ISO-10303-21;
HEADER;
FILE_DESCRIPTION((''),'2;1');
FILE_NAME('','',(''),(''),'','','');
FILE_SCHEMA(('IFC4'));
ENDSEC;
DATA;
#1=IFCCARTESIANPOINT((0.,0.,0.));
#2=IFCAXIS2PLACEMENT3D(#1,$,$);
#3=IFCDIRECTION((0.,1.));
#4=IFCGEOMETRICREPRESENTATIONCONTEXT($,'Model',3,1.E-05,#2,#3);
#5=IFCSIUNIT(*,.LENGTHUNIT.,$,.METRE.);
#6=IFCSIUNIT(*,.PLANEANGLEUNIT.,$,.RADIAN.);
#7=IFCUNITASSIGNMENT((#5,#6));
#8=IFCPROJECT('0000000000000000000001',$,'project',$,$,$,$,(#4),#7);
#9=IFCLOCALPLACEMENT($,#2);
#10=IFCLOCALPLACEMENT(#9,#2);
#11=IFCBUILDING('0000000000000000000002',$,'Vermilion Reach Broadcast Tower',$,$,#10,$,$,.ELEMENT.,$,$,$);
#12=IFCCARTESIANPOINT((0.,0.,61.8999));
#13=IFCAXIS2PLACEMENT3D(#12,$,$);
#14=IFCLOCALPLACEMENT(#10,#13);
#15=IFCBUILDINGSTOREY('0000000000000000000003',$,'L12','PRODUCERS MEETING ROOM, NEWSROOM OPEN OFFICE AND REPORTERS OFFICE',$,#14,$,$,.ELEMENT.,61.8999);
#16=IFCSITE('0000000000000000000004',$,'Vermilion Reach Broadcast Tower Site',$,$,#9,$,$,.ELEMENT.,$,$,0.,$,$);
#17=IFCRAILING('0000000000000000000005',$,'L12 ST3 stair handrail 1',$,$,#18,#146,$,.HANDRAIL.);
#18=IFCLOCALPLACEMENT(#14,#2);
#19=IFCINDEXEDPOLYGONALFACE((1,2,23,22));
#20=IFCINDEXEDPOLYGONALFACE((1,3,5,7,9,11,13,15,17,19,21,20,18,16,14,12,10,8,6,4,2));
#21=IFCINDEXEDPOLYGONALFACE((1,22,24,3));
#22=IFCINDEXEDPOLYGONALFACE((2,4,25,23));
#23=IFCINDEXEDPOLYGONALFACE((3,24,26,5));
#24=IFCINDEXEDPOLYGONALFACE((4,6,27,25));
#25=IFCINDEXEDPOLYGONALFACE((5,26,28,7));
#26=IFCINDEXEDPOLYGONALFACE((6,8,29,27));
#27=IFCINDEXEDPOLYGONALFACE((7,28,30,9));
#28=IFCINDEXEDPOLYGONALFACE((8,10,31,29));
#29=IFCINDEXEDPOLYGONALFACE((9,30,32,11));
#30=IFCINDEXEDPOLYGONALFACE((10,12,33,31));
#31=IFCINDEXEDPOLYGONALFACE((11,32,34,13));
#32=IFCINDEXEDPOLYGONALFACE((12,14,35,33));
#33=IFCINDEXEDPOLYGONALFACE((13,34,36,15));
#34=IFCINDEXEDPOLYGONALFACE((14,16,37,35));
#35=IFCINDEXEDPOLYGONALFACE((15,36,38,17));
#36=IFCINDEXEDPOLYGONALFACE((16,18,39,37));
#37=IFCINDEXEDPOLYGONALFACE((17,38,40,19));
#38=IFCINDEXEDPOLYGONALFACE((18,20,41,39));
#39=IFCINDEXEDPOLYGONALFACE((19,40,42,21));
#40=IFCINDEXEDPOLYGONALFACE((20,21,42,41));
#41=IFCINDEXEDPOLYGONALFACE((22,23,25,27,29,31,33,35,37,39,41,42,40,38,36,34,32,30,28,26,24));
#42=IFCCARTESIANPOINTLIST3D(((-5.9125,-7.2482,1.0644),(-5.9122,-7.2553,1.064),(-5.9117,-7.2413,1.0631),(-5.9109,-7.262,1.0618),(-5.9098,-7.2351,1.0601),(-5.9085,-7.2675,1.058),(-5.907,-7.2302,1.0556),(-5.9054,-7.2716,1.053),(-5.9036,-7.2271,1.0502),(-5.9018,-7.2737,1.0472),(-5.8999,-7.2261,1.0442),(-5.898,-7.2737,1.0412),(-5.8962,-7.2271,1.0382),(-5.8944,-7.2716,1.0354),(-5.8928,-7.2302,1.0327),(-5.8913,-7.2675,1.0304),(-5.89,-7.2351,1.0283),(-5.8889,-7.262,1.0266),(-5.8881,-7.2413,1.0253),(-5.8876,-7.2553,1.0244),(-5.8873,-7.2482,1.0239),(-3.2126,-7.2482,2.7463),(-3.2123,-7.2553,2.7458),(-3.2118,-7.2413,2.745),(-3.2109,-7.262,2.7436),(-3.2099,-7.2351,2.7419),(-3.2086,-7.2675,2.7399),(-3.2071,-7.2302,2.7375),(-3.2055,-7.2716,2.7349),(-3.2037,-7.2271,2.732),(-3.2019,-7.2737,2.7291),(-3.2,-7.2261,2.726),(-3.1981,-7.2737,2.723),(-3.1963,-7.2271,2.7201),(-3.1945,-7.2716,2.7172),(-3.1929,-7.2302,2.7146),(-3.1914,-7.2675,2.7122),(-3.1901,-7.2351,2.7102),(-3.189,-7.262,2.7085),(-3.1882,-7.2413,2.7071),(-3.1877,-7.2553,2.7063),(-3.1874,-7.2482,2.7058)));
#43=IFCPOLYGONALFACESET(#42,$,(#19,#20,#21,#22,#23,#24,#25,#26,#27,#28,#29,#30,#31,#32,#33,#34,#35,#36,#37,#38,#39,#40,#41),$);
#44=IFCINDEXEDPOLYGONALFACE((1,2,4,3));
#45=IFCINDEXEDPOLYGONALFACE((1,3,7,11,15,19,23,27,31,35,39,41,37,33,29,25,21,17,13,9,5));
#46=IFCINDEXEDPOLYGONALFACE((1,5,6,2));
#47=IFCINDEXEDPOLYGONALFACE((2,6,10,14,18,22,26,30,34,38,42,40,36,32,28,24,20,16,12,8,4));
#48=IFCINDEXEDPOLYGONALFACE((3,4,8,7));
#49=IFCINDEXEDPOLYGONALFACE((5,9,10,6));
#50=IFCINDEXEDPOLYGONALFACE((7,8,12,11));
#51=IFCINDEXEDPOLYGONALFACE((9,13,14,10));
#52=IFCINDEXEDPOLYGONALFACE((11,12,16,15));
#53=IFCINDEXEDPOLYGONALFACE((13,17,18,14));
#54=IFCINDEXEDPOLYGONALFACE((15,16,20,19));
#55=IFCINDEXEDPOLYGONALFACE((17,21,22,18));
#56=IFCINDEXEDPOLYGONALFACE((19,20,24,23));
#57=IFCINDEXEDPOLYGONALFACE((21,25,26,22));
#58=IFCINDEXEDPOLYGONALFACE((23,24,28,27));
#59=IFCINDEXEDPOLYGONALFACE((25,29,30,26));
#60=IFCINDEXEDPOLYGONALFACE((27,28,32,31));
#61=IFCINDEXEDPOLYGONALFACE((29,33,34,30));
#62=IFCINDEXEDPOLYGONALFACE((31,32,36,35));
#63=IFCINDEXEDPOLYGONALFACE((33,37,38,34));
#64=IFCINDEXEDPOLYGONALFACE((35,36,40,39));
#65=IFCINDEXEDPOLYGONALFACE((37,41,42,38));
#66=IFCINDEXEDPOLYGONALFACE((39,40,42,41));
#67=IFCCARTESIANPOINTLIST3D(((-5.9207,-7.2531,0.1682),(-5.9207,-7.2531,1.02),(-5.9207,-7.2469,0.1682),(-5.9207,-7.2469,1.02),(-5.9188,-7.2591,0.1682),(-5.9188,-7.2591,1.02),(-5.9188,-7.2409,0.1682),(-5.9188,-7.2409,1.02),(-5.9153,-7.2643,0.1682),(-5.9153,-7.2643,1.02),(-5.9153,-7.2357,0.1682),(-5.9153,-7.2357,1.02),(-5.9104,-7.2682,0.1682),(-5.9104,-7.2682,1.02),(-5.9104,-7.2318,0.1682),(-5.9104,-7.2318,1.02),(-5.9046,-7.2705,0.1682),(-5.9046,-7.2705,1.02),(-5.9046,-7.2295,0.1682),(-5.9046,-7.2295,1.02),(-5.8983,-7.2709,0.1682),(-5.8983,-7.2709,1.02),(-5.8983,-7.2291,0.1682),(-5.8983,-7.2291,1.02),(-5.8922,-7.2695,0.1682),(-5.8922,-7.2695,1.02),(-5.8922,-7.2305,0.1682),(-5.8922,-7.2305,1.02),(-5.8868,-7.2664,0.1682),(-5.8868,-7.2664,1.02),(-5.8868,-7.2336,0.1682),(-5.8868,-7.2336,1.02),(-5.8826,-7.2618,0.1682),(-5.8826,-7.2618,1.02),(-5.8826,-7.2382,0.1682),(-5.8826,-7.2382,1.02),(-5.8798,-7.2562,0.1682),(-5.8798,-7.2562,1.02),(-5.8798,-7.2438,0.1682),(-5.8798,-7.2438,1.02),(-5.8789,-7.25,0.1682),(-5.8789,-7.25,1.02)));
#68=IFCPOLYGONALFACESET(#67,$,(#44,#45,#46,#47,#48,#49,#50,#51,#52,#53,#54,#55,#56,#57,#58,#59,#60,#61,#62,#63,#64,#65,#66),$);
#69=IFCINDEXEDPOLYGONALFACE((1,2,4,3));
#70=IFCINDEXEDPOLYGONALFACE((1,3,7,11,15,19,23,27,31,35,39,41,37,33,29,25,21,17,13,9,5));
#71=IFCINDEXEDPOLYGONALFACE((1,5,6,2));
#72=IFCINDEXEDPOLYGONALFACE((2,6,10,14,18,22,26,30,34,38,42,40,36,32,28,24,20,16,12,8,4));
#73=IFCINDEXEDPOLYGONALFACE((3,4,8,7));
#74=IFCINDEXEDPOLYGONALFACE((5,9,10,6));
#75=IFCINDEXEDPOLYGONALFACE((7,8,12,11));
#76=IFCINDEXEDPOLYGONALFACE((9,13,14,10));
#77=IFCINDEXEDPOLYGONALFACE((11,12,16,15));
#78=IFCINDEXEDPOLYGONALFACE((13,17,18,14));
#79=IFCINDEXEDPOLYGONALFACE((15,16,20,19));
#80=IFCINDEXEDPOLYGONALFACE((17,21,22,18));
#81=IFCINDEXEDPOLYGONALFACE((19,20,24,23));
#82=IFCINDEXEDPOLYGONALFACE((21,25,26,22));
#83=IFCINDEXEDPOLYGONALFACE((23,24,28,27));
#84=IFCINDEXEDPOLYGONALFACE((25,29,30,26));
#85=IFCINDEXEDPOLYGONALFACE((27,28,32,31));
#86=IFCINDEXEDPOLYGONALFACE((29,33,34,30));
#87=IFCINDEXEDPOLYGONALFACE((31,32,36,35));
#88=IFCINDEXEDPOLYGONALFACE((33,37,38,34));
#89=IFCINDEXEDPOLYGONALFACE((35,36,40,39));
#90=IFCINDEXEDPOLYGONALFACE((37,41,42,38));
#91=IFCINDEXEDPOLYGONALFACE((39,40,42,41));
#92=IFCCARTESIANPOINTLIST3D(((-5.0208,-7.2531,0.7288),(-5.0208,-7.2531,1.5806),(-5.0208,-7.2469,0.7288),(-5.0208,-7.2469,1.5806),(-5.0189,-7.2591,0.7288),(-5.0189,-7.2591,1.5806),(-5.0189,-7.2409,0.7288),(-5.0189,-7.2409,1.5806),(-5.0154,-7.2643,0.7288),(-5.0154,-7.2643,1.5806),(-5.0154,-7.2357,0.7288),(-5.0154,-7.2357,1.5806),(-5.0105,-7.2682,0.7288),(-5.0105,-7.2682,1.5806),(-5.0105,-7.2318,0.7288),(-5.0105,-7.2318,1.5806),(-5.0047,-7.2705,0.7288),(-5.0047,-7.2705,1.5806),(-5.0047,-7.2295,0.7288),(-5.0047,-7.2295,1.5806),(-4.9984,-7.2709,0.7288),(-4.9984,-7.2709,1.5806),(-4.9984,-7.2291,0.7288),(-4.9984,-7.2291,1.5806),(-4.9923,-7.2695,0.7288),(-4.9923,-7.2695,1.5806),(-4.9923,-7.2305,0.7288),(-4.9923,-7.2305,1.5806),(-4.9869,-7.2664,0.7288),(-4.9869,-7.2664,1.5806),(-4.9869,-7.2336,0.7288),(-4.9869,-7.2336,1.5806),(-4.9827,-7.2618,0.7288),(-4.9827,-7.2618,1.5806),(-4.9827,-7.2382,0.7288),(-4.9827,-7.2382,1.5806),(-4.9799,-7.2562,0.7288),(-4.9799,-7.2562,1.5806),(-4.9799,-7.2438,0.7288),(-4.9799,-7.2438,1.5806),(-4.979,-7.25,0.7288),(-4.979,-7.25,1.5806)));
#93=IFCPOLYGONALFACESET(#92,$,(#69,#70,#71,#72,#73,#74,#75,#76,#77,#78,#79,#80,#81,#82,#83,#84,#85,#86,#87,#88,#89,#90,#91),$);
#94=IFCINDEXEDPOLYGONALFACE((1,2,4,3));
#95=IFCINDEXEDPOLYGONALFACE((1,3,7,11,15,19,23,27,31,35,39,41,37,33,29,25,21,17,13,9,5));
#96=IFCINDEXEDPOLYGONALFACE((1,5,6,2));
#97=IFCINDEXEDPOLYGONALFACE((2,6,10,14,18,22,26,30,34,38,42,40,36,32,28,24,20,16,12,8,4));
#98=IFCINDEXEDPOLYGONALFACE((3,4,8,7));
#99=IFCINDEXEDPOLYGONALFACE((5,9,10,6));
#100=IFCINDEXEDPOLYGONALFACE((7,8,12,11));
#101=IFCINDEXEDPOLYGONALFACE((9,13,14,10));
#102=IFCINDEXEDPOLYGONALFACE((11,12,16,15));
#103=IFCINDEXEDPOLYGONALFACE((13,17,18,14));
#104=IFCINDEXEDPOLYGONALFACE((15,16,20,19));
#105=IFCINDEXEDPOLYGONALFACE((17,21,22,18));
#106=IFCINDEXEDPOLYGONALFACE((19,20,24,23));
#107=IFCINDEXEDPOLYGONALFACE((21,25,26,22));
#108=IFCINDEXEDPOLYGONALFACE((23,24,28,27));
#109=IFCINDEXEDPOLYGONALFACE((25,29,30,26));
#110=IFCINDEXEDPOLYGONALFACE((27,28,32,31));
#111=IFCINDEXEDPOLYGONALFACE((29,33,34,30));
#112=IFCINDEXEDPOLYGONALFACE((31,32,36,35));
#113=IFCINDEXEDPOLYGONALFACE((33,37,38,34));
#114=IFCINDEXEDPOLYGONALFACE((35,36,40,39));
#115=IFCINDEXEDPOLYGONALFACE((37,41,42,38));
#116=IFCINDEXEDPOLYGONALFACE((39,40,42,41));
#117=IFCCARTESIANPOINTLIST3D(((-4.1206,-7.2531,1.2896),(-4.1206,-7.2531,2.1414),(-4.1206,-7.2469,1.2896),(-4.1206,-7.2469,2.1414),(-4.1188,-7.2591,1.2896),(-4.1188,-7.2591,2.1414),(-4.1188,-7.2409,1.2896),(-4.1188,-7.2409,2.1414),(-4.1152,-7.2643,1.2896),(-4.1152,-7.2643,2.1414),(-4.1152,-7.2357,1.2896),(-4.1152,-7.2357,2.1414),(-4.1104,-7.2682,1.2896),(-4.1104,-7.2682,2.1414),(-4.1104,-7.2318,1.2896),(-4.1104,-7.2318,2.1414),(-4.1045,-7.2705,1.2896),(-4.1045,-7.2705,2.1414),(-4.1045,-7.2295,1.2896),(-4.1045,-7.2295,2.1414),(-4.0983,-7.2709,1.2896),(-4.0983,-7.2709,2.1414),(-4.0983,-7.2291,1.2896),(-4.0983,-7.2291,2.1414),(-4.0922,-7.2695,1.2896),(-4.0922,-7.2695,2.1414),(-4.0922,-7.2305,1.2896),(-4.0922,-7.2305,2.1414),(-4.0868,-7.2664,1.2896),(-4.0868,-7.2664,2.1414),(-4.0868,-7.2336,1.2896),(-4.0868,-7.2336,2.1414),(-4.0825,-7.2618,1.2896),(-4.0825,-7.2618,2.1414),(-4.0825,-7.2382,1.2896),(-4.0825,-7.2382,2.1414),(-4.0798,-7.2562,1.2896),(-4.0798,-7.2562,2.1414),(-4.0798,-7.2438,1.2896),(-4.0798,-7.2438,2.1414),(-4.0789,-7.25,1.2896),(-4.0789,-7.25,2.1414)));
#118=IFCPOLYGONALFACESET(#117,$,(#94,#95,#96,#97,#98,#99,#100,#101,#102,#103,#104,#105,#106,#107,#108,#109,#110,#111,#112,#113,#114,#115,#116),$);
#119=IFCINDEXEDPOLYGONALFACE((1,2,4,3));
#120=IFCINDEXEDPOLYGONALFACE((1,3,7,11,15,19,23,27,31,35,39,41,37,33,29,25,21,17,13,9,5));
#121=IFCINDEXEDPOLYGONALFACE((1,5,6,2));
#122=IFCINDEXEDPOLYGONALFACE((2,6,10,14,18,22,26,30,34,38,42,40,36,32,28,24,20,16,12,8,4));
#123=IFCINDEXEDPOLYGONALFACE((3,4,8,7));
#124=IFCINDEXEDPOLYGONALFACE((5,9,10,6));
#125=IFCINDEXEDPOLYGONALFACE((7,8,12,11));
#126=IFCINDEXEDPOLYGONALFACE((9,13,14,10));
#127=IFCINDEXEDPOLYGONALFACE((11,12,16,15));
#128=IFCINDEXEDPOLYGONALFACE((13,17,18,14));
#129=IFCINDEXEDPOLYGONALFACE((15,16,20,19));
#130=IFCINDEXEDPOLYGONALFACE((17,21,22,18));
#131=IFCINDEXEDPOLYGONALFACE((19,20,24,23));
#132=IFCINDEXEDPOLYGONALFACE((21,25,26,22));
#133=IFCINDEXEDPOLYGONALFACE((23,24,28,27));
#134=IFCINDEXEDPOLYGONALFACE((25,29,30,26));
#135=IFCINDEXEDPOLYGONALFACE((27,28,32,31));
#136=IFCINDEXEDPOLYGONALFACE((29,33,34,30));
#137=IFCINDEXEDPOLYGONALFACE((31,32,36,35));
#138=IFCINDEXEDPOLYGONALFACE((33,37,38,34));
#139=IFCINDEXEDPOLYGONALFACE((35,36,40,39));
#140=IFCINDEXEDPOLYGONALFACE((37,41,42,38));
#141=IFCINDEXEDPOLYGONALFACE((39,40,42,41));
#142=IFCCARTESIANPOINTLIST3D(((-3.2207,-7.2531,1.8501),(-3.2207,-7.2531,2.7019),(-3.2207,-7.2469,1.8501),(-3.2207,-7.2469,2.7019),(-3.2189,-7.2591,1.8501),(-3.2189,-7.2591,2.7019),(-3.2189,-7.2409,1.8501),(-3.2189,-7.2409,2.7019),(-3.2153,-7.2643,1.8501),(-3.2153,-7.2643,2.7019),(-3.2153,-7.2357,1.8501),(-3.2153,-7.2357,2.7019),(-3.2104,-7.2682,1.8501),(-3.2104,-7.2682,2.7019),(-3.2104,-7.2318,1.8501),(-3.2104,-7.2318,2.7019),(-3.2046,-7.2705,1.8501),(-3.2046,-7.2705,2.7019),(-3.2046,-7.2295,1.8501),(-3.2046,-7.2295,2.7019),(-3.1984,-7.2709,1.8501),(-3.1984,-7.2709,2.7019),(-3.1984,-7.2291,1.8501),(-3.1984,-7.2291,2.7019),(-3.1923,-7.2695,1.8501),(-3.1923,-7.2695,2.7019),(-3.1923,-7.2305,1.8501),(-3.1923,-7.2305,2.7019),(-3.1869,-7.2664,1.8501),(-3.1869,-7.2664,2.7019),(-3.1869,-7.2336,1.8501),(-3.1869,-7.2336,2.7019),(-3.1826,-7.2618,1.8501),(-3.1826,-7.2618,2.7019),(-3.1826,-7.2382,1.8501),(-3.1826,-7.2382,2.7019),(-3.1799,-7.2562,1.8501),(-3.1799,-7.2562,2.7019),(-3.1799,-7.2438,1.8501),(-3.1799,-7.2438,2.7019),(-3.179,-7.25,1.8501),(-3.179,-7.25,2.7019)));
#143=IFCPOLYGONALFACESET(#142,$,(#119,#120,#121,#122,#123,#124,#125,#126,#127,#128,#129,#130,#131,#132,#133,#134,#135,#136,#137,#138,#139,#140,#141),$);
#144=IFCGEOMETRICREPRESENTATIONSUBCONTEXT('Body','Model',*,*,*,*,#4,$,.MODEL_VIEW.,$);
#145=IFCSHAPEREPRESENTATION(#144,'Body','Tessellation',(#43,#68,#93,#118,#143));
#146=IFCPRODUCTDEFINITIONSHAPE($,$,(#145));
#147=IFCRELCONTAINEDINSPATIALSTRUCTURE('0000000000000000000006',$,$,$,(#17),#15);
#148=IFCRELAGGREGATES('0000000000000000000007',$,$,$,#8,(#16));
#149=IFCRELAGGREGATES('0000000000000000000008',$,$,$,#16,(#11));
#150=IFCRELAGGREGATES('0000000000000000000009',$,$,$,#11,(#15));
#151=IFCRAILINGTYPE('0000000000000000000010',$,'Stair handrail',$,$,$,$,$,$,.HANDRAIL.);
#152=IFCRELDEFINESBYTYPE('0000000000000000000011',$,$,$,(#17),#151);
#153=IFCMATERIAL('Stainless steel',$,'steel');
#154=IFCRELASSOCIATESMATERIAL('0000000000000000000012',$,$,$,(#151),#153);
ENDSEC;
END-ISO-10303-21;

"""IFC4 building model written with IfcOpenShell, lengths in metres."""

from ifc_helpers import new_model, si_unit, direction, frame, origin, origin_2d, place, context, subcontext, project, spatial, circle, extrude, material, type_object, element, save


model = new_model("IFC4")

# Units and contexts
model_context = context("Model", 3, precision=1e-05, world=origin(), true_north=direction((0.0, 1.0)))
body_context = subcontext(model_context, "Body", "Model", "MODEL_VIEW")
ifc_project = project(units=[si_unit("LENGTHUNIT", "METRE"), si_unit("PLANEANGLEUNIT", "RADIAN")], contexts=[model_context])

# Site, building, storey
site_placement = place(None, origin())
site = spatial("IfcSite", under=ifc_project, at=site_placement, Name="Vermilion Reach Broadcast Tower Site", CompositionType="ELEMENT", RefElevation=0.0)
building_placement = place(site_placement, origin())
building = spatial("IfcBuilding", under=site, at=building_placement, Name="Vermilion Reach Broadcast Tower", CompositionType="ELEMENT")
storey_placement = place(building_placement, frame((0.0, 0.0, 61.8999)))
storey = spatial("IfcBuildingStorey", under=building, at=storey_placement, Name="L12", Description="PRODUCERS MEETING ROOM, NEWSROOM OPEN OFFICE AND REPORTERS OFFICE", CompositionType="ELEMENT", Elevation=61.8999)

# Railing
ifc_material_1 = material(Name="Stainless steel", Category="steel")
railing_type_1 = type_object("IfcRailingType", Name="Stair handrail", PredefinedType="HANDRAIL", material=ifc_material_1)
railing_1_placement = place(storey_placement, frame((-5.8999, -7.25, 0.1682)))
element("IfcRailing", 1, at=railing_1_placement, inside=storey, type_object=railing_type_1, Name="L12 ST3 stair handrail 1", PredefinedType="HANDRAIL", context=body_context, shape_type="SweptSolid", body=[
    extrude(circle(Radius=0.0239, at=origin_2d()), frame((0.0, 0.0, 0.876), z_axis=(0.848786, 0.0, 0.528736), x_axis=(0.0, 1.0, 0.0)), (0.0, 0.0, 1.0), 3.1809),
    extrude(circle(Radius=0.021, at=origin_2d()), origin(), (0.0, 0.0, 1.0), 0.8518),
    extrude(circle(Radius=0.021, at=origin_2d()), frame((0.8999, 0.0, 0.5605)), (0.0, 0.0, 1.0), 0.8518),
    extrude(circle(Radius=0.021, at=origin_2d()), frame((1.8, 0.0, 1.1213)), (0.0, 0.0, 1.0), 0.8518),
    extrude(circle(Radius=0.021, at=origin_2d()), frame((2.7, 0.0, 1.6819)), (0.0, 0.0, 1.0), 0.8518),
])

save(model, "model.ifc")
